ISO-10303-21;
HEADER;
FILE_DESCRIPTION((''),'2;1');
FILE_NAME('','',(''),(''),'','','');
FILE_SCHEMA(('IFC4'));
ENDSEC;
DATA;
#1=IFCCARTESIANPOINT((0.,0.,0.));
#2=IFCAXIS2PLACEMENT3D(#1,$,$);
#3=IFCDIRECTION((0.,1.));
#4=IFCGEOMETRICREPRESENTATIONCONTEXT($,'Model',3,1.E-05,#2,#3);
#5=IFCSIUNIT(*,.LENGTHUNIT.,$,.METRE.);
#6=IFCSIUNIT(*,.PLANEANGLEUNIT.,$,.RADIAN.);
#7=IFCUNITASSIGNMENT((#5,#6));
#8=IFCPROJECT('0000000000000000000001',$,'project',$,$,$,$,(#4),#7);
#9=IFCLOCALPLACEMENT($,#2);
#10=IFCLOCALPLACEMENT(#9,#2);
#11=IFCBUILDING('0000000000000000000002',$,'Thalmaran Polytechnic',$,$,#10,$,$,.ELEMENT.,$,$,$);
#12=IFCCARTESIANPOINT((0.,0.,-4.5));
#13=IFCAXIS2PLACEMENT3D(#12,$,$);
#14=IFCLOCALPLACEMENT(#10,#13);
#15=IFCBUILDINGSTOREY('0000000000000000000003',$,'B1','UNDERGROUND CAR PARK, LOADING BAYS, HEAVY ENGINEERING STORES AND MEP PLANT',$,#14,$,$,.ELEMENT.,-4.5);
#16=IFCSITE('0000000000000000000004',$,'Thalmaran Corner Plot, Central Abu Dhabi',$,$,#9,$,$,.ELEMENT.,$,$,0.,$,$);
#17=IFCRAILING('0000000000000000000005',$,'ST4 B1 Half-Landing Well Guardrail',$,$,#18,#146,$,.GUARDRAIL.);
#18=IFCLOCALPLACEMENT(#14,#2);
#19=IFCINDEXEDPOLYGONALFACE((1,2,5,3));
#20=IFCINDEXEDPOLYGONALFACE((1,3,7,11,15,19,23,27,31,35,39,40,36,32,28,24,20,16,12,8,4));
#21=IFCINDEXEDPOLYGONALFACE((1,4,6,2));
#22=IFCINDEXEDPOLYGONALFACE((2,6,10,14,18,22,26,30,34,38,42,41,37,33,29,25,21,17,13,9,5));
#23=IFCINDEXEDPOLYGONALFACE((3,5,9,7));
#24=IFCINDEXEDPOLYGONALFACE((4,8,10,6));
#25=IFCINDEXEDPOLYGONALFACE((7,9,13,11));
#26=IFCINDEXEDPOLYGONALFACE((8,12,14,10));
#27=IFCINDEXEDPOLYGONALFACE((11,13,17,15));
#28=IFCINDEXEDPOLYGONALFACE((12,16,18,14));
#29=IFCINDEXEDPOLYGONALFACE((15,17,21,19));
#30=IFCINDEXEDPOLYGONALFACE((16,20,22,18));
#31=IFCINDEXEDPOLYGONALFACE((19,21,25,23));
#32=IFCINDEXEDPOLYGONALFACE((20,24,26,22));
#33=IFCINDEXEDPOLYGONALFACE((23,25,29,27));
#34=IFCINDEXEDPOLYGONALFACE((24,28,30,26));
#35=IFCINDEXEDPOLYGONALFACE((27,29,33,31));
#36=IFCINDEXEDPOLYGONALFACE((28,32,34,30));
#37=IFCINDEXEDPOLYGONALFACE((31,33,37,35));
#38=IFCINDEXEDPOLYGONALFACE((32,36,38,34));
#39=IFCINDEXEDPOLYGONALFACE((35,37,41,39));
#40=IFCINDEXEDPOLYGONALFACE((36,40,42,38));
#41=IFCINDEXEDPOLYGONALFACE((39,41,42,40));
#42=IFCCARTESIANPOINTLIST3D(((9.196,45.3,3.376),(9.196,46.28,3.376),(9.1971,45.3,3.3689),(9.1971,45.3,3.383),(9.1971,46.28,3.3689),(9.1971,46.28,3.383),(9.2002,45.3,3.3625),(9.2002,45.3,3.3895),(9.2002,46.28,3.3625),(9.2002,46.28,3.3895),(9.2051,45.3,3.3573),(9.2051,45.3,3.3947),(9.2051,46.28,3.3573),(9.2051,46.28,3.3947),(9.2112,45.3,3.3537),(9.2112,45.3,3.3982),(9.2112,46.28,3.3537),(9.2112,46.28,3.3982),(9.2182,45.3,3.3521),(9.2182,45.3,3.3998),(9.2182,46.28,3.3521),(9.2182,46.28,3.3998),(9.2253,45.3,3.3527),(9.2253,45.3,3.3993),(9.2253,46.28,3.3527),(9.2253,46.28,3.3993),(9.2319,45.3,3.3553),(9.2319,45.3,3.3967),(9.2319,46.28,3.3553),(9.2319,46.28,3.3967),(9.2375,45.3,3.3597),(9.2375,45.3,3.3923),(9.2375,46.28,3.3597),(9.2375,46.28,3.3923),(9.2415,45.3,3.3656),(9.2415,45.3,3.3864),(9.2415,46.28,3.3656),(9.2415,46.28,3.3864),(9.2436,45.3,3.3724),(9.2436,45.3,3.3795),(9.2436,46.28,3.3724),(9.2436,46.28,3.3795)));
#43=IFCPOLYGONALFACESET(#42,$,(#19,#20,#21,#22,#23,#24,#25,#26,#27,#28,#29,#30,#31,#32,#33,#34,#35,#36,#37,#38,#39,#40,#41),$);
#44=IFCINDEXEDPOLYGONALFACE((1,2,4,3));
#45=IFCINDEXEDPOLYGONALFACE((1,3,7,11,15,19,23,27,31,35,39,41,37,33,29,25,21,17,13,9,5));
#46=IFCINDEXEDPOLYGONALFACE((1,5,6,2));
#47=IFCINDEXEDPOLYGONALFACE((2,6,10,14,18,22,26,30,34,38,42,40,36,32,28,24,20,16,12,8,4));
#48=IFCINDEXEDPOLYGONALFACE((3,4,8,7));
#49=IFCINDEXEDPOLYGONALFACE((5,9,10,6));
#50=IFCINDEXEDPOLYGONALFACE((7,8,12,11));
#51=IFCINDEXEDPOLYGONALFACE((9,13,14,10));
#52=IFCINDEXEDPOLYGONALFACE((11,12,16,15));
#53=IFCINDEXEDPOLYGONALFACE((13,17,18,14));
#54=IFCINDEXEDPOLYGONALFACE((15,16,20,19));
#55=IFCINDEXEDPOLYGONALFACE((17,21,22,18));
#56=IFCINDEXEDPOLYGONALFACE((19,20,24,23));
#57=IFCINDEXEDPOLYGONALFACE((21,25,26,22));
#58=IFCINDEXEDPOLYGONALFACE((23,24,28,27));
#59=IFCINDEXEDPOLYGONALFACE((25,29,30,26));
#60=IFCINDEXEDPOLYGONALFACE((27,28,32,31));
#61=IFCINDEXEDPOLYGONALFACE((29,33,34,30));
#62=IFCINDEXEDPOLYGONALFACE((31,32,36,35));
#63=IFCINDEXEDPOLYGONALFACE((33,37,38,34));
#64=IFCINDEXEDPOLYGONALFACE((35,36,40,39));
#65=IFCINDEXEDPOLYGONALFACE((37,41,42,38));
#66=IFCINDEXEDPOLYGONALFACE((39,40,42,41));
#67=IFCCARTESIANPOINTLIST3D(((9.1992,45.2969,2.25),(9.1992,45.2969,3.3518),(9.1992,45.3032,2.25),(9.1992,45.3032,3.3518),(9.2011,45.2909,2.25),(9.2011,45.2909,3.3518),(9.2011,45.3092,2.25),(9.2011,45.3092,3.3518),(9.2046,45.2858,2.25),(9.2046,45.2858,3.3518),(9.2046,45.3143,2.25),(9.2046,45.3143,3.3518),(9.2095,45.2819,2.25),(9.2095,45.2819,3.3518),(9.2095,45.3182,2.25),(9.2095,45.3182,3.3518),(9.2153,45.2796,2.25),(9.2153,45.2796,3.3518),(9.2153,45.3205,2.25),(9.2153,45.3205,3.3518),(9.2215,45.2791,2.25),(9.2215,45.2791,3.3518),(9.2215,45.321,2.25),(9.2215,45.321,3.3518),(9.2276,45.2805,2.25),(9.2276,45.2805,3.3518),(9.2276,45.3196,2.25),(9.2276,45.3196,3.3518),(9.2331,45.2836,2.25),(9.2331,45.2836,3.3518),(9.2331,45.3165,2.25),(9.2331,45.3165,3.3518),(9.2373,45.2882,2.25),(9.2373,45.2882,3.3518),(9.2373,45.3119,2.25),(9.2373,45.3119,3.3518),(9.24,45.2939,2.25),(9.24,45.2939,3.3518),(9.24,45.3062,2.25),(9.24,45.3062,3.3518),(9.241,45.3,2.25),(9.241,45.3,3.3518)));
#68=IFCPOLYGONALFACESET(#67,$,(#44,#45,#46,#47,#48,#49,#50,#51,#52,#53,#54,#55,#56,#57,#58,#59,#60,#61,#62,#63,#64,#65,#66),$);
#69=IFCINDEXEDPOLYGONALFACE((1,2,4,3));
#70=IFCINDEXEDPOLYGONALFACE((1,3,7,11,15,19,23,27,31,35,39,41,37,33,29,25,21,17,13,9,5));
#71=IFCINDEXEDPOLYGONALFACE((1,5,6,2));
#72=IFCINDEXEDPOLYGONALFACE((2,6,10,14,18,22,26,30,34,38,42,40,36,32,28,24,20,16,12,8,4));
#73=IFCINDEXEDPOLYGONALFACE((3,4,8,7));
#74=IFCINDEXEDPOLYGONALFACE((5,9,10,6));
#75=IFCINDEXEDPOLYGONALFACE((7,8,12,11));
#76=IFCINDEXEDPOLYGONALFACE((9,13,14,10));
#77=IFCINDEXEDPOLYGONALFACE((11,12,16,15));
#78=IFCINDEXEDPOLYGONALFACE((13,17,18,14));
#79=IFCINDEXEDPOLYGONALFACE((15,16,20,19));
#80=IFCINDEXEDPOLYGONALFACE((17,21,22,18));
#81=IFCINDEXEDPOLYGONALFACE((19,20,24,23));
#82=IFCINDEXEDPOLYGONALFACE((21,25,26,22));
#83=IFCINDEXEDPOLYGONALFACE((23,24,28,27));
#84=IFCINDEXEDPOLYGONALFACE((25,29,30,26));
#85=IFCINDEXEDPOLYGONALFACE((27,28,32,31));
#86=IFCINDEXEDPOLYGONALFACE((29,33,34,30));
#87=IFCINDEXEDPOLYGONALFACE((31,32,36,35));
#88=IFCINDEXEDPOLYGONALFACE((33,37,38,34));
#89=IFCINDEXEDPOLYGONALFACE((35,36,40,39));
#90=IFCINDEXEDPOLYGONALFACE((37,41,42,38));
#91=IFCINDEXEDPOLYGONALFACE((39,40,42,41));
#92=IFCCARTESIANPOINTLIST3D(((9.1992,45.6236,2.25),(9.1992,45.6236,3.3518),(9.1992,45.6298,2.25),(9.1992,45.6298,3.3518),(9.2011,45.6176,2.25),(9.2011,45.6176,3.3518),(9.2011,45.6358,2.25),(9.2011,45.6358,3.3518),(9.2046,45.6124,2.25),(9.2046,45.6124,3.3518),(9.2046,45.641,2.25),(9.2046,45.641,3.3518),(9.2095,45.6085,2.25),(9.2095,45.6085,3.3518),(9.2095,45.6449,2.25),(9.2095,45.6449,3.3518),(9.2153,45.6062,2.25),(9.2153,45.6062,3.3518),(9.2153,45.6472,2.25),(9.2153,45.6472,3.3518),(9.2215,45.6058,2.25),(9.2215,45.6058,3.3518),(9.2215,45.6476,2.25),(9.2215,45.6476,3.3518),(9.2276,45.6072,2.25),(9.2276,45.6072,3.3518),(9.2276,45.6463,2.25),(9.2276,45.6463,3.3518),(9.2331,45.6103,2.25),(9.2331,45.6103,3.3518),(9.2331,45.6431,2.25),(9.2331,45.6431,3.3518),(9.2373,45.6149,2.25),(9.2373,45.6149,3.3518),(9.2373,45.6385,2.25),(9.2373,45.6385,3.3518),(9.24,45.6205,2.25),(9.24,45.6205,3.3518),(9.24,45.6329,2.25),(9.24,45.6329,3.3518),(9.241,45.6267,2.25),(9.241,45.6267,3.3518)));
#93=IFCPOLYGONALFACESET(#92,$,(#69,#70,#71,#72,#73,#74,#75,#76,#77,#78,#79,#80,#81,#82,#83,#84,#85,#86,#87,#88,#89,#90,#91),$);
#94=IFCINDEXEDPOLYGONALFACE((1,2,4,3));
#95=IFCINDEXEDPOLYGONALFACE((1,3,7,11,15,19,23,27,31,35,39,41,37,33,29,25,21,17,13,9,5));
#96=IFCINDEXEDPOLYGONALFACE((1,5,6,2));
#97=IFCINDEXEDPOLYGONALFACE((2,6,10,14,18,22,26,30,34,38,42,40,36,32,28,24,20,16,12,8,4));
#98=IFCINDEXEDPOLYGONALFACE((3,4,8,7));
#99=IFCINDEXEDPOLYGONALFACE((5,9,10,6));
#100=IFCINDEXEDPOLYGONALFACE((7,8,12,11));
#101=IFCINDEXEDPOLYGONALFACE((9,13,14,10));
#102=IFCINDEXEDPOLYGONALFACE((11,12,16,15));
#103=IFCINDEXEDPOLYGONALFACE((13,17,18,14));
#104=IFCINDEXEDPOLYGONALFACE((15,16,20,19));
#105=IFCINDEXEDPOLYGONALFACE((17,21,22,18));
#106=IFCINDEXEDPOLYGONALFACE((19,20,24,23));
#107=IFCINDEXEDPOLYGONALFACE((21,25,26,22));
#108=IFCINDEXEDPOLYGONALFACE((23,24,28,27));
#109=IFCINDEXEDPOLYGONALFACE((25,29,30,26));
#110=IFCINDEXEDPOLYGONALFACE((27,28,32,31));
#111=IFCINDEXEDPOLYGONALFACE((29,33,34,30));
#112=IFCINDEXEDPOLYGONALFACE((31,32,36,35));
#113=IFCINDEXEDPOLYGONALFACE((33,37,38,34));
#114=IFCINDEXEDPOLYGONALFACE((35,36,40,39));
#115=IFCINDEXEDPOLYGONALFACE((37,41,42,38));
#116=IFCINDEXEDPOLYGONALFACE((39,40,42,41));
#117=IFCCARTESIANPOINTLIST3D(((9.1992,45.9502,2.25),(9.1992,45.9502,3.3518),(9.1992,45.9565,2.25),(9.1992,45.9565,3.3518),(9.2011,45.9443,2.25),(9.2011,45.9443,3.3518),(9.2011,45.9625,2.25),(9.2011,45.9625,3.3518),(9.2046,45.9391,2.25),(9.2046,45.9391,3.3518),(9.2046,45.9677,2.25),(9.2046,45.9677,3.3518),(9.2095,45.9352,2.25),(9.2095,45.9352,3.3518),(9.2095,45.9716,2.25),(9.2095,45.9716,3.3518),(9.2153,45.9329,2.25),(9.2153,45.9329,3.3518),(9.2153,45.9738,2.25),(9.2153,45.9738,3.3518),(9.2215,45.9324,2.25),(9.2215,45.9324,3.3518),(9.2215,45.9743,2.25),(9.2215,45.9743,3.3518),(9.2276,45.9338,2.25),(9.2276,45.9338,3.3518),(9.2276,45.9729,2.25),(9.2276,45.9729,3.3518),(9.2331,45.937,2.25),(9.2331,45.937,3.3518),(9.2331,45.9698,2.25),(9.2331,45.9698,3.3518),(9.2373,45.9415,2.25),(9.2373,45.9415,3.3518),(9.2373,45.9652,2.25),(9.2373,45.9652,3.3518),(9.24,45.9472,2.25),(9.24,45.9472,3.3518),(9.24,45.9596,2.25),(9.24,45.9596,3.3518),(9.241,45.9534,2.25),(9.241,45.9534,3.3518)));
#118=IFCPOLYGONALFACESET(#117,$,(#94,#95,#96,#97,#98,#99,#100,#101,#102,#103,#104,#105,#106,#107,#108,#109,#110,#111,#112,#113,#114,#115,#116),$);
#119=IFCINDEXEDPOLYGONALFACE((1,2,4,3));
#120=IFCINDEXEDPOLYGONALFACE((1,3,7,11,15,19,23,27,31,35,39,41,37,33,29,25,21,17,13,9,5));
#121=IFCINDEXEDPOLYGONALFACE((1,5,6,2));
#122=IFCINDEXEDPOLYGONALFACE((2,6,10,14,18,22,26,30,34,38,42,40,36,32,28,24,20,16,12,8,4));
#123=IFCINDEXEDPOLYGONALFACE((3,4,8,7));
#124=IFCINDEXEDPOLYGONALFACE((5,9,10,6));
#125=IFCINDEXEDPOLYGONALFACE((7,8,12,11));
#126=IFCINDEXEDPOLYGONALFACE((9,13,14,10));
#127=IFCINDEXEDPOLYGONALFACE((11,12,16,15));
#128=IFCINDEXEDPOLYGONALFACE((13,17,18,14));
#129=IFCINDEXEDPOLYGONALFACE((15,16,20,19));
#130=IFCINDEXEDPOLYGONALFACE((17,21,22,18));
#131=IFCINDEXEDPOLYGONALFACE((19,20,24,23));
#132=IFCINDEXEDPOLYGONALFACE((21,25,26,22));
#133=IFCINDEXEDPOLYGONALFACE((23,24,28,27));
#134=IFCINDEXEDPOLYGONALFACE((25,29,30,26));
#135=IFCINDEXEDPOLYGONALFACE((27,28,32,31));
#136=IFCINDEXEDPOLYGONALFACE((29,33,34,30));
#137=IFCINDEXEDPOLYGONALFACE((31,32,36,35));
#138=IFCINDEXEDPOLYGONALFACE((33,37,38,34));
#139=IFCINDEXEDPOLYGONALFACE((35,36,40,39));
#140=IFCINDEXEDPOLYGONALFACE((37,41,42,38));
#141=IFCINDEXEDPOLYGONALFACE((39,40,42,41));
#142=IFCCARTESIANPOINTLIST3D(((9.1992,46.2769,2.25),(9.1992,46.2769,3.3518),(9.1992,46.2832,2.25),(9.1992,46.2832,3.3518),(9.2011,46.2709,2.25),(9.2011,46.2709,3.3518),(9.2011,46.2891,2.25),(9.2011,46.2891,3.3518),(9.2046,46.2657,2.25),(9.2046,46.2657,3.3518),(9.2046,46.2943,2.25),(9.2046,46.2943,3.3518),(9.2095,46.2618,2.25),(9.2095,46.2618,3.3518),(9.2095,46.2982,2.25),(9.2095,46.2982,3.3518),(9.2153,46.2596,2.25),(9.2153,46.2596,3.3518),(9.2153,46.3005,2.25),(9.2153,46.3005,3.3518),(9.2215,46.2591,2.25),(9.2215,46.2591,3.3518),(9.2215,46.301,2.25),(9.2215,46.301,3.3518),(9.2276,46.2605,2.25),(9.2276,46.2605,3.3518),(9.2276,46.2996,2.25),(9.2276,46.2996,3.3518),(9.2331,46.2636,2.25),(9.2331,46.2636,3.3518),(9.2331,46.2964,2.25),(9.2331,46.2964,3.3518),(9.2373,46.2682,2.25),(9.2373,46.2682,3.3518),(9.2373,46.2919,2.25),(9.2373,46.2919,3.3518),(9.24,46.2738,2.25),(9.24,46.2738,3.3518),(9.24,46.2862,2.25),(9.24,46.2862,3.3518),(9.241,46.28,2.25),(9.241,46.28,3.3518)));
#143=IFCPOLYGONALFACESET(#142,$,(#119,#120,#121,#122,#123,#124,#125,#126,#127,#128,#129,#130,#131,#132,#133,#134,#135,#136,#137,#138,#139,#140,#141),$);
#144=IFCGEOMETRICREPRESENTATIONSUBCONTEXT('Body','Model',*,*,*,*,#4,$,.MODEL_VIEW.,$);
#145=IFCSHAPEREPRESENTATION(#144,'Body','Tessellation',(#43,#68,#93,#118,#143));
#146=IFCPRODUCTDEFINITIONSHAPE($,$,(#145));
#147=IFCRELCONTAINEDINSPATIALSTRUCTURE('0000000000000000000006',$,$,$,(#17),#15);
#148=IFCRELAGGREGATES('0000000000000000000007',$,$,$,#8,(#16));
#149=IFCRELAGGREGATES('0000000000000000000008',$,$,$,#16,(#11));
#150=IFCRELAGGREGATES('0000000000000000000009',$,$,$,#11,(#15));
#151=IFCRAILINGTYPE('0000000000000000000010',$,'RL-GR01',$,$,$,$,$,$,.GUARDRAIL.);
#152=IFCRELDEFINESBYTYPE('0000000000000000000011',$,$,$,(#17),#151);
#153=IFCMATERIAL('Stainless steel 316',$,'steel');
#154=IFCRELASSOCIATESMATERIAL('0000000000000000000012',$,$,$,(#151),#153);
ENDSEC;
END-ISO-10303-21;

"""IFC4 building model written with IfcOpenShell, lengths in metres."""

from ifc_helpers import new_model, si_unit, direction, frame, origin, origin_2d, place, context, subcontext, project, spatial, circle, extrude, material, type_object, element, save


model = new_model("IFC4")

# Units and contexts
model_context = context("Model", 3, precision=1e-05, world=origin(), true_north=direction((0.0, 1.0)))
body_context = subcontext(model_context, "Body", "Model", "MODEL_VIEW")
ifc_project = project(units=[si_unit("LENGTHUNIT", "METRE"), si_unit("PLANEANGLEUNIT", "RADIAN")], contexts=[model_context])

# Site, building, storey
site_placement = place(None, origin())
site = spatial("IfcSite", under=ifc_project, at=site_placement, Name="Thalmaran Corner Plot, Central Abu Dhabi", CompositionType="ELEMENT", RefElevation=0.0)
building_placement = place(site_placement, origin())
building = spatial("IfcBuilding", under=site, at=building_placement, Name="Thalmaran Polytechnic", CompositionType="ELEMENT")
storey_placement = place(building_placement, frame((0.0, 0.0, -4.5)))
storey = spatial("IfcBuildingStorey", under=building, at=storey_placement, Name="B1", Description="UNDERGROUND CAR PARK, LOADING BAYS, HEAVY ENGINEERING STORES AND MEP PLANT", CompositionType="ELEMENT", Elevation=-4.5)

# Railing
ifc_material_1 = material(Name="Stainless steel 316", Category="steel")
railing_type_1 = type_object("IfcRailingType", Name="RL-GR01", PredefinedType="GUARDRAIL", material=ifc_material_1)
railing_1_placement = place(storey_placement, frame((9.22, 45.3, 2.25)))
element("IfcRailing", 1, at=railing_1_placement, inside=storey, type_object=railing_type_1, Name="ST4 B1 Half-Landing Well Guardrail", PredefinedType="GUARDRAIL", context=body_context, shape_type="SweptSolid", body=[
    extrude(circle(Radius=0.0239, at=origin_2d()), frame((0.0, 0.0, 1.126), z_axis=(0.0, 1.0, 0.0), x_axis=(-1.0, 0.0, 0.0)), (0.0, 0.0, 1.0), 0.98),
    extrude(circle(Radius=0.021, at=origin_2d()), origin(), (0.0, 0.0, 1.0), 1.1018),
    extrude(circle(Radius=0.021, at=origin_2d()), frame((0.0, 0.3267, 0.0)), (0.0, 0.0, 1.0), 1.1018),
    extrude(circle(Radius=0.021, at=origin_2d()), frame((0.0, 0.6533, 0.0)), (0.0, 0.0, 1.0), 1.1018),
    extrude(circle(Radius=0.021, at=origin_2d()), frame((0.0, 0.98, 0.0)), (0.0, 0.0, 1.0), 1.1018),
])

save(model, "model.ifc")
